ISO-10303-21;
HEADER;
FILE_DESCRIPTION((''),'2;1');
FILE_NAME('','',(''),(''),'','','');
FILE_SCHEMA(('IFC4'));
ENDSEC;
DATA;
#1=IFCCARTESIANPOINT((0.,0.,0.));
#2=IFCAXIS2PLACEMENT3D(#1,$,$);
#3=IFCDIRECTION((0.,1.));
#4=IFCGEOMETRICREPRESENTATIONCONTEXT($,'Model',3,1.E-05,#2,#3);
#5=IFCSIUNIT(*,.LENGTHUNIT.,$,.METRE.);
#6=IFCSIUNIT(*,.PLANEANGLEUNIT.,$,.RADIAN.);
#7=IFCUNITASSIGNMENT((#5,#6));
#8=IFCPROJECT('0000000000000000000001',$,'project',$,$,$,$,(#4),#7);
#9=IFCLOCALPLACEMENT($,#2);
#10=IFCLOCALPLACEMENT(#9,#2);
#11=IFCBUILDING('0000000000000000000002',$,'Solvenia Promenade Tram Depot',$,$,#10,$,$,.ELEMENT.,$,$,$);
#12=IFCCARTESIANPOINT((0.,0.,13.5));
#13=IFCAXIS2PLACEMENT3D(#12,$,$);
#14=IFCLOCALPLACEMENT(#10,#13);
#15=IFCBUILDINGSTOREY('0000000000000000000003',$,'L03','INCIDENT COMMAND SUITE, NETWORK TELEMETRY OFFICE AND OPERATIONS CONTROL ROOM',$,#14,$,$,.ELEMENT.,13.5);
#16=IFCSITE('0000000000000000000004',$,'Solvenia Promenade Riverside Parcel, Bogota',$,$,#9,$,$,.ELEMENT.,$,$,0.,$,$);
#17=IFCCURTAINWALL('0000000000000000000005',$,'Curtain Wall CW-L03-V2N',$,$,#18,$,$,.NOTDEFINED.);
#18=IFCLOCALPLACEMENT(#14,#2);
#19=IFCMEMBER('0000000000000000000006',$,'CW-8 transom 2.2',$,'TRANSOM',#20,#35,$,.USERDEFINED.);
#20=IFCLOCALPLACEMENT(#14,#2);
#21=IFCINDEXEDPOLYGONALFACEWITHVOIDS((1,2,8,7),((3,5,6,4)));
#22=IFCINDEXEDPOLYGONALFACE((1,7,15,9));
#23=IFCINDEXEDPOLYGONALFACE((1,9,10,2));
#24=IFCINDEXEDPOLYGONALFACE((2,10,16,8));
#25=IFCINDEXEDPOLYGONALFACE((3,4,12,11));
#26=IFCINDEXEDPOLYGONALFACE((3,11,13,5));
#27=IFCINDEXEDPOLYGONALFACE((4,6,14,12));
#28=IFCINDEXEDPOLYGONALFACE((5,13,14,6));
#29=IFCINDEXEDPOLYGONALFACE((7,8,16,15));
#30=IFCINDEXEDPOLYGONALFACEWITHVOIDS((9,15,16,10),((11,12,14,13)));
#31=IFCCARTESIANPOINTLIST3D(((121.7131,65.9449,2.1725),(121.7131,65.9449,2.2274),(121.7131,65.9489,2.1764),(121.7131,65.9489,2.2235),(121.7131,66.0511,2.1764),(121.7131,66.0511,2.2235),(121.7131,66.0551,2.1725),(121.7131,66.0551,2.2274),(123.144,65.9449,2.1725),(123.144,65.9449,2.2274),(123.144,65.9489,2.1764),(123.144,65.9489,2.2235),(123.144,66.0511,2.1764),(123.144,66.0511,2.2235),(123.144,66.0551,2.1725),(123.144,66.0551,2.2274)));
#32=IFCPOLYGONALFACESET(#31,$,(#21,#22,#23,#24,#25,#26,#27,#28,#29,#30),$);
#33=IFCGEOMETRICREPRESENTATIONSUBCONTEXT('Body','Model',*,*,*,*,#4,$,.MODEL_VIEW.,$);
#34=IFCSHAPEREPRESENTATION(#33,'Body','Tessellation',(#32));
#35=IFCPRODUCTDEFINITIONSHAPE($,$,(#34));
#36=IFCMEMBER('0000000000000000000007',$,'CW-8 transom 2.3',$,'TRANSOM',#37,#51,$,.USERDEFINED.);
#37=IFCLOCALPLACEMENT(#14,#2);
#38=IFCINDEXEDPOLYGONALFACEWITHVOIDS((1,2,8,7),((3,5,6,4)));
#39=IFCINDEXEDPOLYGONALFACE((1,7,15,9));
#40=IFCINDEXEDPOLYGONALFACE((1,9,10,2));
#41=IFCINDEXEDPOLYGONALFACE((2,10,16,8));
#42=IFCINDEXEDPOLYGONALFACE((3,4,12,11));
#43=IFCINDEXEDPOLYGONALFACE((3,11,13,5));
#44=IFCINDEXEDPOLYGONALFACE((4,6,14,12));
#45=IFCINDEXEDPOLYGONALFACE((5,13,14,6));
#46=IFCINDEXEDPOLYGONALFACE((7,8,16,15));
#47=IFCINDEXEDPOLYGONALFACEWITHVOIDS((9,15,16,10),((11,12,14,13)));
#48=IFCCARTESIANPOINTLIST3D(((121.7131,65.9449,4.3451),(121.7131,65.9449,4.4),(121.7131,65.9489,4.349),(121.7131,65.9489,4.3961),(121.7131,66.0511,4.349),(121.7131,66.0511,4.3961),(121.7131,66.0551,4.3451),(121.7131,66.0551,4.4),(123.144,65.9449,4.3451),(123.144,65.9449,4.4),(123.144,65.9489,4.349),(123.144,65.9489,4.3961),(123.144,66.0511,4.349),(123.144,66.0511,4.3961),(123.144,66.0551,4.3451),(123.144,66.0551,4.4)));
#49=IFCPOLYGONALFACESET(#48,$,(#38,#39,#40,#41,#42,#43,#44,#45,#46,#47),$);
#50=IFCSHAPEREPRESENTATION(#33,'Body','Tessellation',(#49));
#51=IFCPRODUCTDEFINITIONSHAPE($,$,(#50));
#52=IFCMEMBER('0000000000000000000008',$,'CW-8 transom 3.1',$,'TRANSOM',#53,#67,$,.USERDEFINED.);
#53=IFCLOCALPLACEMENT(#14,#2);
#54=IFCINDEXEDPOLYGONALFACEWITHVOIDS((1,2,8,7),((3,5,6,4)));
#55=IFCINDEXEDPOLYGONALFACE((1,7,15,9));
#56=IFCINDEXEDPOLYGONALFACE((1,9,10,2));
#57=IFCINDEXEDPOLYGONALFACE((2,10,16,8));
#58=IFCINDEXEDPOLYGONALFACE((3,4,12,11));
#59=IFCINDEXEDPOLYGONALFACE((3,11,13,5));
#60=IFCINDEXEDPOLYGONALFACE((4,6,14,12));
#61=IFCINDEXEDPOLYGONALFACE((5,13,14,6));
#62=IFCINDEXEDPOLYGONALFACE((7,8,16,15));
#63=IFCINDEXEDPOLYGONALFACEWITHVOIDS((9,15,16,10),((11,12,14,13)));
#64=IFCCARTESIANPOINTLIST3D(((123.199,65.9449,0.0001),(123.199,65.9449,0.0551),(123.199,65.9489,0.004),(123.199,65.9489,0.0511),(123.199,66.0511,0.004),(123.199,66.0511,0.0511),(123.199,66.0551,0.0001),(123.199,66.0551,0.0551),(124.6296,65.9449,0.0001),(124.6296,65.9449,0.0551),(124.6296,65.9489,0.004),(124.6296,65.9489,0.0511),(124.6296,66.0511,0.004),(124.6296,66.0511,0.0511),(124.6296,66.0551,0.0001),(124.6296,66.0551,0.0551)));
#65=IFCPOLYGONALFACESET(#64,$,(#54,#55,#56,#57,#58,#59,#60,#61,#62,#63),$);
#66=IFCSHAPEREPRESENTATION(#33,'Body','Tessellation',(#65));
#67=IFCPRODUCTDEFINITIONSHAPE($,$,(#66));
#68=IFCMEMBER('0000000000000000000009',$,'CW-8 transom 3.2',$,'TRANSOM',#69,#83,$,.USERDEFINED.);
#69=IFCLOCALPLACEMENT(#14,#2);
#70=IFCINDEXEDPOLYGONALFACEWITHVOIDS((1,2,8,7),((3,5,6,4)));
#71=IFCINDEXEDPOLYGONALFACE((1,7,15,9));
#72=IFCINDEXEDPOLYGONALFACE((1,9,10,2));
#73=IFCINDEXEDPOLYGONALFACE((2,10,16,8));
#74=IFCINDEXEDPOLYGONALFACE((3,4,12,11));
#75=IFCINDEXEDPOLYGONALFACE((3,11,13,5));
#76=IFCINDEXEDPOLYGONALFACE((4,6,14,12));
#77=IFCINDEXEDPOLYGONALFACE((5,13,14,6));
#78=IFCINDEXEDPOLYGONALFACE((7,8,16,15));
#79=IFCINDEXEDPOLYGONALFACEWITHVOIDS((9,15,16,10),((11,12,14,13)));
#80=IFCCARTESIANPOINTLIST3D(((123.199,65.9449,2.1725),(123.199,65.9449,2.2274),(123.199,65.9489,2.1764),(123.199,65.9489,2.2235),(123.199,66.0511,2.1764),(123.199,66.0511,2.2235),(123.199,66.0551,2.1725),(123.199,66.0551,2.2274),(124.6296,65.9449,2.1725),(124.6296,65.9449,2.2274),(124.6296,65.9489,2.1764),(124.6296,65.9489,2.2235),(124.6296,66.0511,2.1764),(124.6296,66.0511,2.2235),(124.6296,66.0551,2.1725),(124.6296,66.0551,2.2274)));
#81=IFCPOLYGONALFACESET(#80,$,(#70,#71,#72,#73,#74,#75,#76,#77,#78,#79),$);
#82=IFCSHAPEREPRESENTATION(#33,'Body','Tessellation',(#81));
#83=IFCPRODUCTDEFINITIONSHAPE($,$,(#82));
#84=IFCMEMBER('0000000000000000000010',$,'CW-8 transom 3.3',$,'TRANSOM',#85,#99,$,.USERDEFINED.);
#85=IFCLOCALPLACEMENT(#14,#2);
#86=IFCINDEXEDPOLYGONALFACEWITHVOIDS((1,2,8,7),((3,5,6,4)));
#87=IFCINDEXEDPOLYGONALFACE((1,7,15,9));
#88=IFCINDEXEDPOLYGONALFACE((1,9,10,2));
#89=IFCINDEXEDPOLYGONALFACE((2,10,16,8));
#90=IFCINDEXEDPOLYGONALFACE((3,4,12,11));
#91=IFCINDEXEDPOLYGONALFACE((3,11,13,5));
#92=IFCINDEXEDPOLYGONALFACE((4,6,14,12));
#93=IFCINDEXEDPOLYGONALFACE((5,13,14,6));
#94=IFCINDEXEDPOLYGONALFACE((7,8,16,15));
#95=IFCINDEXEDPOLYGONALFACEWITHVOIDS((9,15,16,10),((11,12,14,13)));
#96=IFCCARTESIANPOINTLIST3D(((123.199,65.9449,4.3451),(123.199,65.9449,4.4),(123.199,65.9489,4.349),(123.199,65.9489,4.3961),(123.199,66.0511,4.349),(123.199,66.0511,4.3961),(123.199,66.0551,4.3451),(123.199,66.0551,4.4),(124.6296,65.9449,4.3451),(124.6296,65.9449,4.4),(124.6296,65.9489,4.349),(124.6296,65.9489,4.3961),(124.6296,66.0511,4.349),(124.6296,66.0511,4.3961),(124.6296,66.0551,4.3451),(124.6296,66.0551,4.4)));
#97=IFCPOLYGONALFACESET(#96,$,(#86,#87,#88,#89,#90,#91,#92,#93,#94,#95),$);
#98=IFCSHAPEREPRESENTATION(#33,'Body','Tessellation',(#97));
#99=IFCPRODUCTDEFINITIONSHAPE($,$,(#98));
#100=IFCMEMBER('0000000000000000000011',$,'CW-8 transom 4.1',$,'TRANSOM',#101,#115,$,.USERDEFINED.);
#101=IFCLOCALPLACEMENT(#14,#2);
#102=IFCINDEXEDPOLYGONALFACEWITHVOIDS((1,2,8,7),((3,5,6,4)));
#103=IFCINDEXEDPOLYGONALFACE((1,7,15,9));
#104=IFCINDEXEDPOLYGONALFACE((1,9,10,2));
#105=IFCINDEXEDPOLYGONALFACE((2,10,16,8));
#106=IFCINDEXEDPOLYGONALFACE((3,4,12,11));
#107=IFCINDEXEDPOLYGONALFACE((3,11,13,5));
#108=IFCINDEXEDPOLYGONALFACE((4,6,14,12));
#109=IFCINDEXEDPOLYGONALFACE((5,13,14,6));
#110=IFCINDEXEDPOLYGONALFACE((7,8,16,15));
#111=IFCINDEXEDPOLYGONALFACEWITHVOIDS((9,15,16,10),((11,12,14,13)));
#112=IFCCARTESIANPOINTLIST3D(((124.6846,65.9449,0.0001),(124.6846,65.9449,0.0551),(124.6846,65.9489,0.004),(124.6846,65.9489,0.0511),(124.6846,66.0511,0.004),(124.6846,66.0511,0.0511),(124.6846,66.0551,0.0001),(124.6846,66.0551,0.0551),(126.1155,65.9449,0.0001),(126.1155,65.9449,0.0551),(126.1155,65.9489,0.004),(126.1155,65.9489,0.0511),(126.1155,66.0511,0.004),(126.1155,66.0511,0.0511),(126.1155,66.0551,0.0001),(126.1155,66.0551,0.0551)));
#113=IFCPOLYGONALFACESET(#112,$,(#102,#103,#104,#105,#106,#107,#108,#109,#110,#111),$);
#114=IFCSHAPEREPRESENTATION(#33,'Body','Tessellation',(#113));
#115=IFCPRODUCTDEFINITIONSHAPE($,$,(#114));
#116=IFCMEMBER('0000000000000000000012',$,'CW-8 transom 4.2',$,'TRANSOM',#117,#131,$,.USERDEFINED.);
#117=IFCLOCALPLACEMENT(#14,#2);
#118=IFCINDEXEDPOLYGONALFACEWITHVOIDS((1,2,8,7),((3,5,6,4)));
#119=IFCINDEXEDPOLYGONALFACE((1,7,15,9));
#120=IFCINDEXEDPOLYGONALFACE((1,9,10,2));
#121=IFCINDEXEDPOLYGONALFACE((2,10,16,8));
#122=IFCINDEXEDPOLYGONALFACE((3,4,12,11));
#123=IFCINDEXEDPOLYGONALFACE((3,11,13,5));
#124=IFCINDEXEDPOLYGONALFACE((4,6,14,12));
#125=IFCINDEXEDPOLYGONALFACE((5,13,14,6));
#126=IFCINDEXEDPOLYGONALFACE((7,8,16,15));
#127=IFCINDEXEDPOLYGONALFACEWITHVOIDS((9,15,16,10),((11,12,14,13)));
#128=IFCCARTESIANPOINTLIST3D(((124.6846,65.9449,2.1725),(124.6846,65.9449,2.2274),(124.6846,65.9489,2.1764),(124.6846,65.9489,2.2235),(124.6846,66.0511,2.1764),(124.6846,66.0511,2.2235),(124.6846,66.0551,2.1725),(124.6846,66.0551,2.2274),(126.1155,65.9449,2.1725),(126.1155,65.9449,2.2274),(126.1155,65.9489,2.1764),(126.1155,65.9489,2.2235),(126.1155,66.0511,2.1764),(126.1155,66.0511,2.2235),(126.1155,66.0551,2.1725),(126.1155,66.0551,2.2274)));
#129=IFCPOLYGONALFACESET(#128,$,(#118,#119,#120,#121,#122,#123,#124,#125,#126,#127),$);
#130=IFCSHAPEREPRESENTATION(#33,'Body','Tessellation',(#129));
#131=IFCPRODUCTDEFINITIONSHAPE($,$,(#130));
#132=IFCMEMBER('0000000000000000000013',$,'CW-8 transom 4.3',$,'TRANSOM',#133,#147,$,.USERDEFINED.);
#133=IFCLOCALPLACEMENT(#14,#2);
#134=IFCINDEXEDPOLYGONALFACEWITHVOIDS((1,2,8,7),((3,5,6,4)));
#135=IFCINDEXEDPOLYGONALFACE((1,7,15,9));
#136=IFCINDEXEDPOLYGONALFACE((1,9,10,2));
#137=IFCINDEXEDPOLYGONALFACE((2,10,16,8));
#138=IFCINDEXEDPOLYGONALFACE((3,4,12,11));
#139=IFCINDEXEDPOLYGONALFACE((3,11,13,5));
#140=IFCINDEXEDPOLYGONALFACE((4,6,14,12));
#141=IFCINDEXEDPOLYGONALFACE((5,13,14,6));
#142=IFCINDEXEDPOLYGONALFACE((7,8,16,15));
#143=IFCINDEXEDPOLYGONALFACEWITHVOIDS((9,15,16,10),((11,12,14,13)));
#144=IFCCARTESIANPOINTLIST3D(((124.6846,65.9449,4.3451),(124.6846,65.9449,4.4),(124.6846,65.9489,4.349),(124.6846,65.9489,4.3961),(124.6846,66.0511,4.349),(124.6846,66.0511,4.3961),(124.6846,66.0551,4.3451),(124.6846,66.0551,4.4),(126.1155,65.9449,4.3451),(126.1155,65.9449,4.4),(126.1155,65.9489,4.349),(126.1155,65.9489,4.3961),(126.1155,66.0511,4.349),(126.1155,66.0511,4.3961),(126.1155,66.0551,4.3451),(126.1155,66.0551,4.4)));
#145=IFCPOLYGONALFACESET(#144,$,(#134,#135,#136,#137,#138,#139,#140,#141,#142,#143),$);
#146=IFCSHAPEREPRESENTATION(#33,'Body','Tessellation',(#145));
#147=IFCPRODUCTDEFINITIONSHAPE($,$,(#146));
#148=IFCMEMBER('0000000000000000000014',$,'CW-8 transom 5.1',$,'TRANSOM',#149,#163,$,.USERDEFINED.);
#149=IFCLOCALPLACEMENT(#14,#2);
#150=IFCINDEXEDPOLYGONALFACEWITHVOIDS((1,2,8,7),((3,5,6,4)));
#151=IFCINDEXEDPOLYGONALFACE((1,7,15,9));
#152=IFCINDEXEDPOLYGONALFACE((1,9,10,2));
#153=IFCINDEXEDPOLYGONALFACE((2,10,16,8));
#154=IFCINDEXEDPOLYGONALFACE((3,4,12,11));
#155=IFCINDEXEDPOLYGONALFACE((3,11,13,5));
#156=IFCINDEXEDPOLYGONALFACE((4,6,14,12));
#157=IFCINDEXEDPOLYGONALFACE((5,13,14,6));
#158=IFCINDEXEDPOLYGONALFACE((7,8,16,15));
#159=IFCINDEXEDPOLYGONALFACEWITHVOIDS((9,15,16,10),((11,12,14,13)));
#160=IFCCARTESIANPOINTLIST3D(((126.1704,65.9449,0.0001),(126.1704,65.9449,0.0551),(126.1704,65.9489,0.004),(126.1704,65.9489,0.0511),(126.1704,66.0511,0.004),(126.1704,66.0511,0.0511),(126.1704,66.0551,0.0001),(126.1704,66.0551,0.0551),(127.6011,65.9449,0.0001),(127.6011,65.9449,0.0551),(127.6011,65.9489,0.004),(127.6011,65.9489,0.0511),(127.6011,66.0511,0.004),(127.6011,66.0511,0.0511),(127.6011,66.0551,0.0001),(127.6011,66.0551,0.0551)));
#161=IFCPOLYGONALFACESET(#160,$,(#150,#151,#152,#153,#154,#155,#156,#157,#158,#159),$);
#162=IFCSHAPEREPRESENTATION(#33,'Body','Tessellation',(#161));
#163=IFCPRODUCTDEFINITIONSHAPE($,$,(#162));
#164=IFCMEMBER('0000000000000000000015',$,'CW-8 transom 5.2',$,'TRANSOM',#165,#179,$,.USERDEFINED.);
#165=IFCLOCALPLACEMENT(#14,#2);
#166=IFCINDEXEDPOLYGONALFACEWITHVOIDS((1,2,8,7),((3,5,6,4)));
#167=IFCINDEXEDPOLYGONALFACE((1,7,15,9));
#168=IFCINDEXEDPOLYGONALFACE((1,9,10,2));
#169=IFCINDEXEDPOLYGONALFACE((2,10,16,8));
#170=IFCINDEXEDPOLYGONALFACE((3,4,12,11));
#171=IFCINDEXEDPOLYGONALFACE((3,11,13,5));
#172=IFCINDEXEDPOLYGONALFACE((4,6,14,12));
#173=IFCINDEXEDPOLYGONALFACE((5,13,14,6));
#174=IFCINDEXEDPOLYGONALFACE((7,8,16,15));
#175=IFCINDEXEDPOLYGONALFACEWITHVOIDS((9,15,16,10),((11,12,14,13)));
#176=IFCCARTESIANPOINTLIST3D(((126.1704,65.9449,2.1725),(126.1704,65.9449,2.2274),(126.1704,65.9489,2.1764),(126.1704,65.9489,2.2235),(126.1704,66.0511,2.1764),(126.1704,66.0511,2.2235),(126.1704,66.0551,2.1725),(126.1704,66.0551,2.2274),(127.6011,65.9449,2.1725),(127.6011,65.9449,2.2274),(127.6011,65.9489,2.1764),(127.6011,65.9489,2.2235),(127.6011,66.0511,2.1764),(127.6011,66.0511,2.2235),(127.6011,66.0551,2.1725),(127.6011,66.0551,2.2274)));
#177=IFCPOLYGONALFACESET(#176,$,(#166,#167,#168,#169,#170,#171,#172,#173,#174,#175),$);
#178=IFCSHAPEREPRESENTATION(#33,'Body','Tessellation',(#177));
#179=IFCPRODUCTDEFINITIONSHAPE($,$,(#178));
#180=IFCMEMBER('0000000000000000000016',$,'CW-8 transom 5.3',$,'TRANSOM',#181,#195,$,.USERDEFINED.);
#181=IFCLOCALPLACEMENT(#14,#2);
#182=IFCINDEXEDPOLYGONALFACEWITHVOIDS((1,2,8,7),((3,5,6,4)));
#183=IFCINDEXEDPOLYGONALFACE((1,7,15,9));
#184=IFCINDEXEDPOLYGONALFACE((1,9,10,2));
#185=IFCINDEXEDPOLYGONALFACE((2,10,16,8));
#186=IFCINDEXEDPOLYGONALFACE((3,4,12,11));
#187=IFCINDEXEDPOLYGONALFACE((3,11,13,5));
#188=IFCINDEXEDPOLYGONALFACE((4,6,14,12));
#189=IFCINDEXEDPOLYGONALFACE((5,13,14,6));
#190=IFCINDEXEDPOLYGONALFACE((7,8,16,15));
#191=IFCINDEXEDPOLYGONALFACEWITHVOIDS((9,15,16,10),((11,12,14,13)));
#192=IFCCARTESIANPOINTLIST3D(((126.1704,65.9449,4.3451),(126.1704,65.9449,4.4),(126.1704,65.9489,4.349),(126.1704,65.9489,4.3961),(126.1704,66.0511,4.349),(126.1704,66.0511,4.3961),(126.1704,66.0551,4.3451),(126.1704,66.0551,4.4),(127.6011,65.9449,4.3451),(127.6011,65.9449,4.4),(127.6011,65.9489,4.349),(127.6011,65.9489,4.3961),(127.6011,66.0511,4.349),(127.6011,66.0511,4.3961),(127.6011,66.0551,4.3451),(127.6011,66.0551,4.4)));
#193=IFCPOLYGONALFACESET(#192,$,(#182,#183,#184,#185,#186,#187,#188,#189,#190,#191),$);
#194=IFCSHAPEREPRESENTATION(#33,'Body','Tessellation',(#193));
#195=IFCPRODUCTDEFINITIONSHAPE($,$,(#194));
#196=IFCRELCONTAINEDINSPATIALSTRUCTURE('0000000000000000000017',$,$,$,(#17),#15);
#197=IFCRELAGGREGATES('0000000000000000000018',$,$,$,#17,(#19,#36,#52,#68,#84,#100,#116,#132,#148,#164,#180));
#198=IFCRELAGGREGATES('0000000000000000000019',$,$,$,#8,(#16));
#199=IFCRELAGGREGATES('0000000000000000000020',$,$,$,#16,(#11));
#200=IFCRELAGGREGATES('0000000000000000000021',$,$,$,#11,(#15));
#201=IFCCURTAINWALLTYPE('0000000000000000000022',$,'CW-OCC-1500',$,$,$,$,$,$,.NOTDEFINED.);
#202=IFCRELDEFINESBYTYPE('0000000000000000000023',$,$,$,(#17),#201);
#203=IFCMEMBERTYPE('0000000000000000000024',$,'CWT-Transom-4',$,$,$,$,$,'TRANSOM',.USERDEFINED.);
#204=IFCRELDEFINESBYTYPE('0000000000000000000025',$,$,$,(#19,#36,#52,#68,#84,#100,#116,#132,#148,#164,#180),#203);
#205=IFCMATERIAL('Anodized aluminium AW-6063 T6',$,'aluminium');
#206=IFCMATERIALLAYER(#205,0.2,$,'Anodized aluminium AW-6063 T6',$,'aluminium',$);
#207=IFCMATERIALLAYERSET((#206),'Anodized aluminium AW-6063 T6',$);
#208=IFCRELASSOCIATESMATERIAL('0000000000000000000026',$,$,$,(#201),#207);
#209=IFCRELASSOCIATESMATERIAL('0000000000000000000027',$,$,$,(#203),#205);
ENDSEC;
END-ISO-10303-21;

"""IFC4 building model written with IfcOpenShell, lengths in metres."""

from ifc_helpers import new_model, si_unit, direction, frame, origin, origin_2d, place, context, subcontext, project, spatial, hollow_rectangle, extrude, material, layer, layer_set, material_profile, profile_set, type_object, element, aggregate, save


model = new_model("IFC4")

# Units and contexts
model_context = context("Model", 3, precision=1e-05, world=origin(), true_north=direction((0.0, 1.0)))
body_context = subcontext(model_context, "Body", "Model", "MODEL_VIEW")
ifc_project = project(units=[si_unit("LENGTHUNIT", "METRE"), si_unit("PLANEANGLEUNIT", "RADIAN")], contexts=[model_context])

# Site, building, storey
site_placement = place(None, origin())
site = spatial("IfcSite", under=ifc_project, at=site_placement, Name="Solvenia Promenade Riverside Parcel, Bogota", CompositionType="ELEMENT", RefElevation=0.0)
building_placement = place(site_placement, origin())
building = spatial("IfcBuilding", under=site, at=building_placement, Name="Solvenia Promenade Tram Depot", CompositionType="ELEMENT")
storey_placement = place(building_placement, frame((0.0, 0.0, 13.5)))
storey = spatial("IfcBuildingStorey", under=building, at=storey_placement, Name="L03", Description="INCIDENT COMMAND SUITE, NETWORK TELEMETRY OFFICE AND OPERATIONS CONTROL ROOM", CompositionType="ELEMENT", Elevation=13.5)

# Curtain wall, members
ifc_material_1 = material(Name="Anodized aluminium AW-6063 T6", Category="aluminium")
ifc_layer_1 = layer(ifc_material_1, 0.2, Name="Anodized aluminium AW-6063 T6", Category="aluminium")
ifc_layer_set_1 = layer_set([ifc_layer_1], Name="Anodized aluminium AW-6063 T6")
curtain_wall_type = type_object("IfcCurtainWallType", Name="CW-OCC-1500", PredefinedType="NOTDEFINED", material=ifc_layer_set_1)
curtain_wall_placement = place(storey_placement, origin())
curtain_wall = element("IfcCurtainWall", 1, at=curtain_wall_placement, inside=storey, type_object=curtain_wall_type, Name="Curtain Wall CW-L03-V2N", PredefinedType="NOTDEFINED")
ifc_material_profile_1 = material_profile(ifc_material_1, hollow_rectangle(XDim=0.1101, YDim=0.0549, WallThickness=0.0039, at=origin_2d()), Name="ALU-T4", Category="aluminium")
ifc_profile_set_1 = profile_set([ifc_material_profile_1], Name="Anodized aluminium AW-6063 T6")
member_type_1 = type_object("IfcMemberType", Name="CWT-Transom-4", ElementType="TRANSOM", PredefinedType="USERDEFINED", material=ifc_profile_set_1)
member_1_placement = place(storey_placement, frame((121.7131, 66.0, 2.2), z_axis=(1.0, 0.0, 0.0), x_axis=(0.0, 1.0, 0.0)))
member_1 = element("IfcMember", 2, at=member_1_placement, type_object=member_type_1, Name="CW-8 transom 2.2", ObjectType="TRANSOM", PredefinedType="USERDEFINED", context=body_context, shape_type="SweptSolid", body=[
    extrude(hollow_rectangle(XDim=0.1101, YDim=0.0549, WallThickness=0.0039, at=origin_2d()), origin(), (0.0, 0.0, 1.0), 1.4309),
])
member_2_placement = place(storey_placement, frame((121.7131, 66.0, 4.3726), z_axis=(1.0, 0.0, 0.0), x_axis=(0.0, 1.0, 0.0)))
member_2 = element("IfcMember", 3, at=member_2_placement, type_object=member_type_1, Name="CW-8 transom 2.3", ObjectType="TRANSOM", PredefinedType="USERDEFINED", context=body_context, shape_type="SweptSolid", body=[
    extrude(hollow_rectangle(XDim=0.1101, YDim=0.0549, WallThickness=0.0039, at=origin_2d()), origin(), (0.0, 0.0, 1.0), 1.4309),
])
member_3_placement = place(storey_placement, frame((123.199, 66.0, 0.0276), z_axis=(1.0, 0.0, 0.0), x_axis=(0.0, 1.0, 0.0)))
member_3 = element("IfcMember", 4, at=member_3_placement, type_object=member_type_1, Name="CW-8 transom 3.1", ObjectType="TRANSOM", PredefinedType="USERDEFINED", context=body_context, shape_type="SweptSolid", body=[
    extrude(hollow_rectangle(XDim=0.1101, YDim=0.0549, WallThickness=0.0039, at=origin_2d()), origin(), (0.0, 0.0, 1.0), 1.4307),
])
member_4_placement = place(storey_placement, frame((123.199, 66.0, 2.2), z_axis=(1.0, 0.0, 0.0), x_axis=(0.0, 1.0, 0.0)))
member_4 = element("IfcMember", 5, at=member_4_placement, type_object=member_type_1, Name="CW-8 transom 3.2", ObjectType="TRANSOM", PredefinedType="USERDEFINED", context=body_context, shape_type="SweptSolid", body=[
    extrude(hollow_rectangle(XDim=0.1101, YDim=0.0549, WallThickness=0.0039, at=origin_2d()), origin(), (0.0, 0.0, 1.0), 1.4307),
])
member_5_placement = place(storey_placement, frame((123.199, 66.0, 4.3726), z_axis=(1.0, 0.0, 0.0), x_axis=(0.0, 1.0, 0.0)))
member_5 = element("IfcMember", 6, at=member_5_placement, type_object=member_type_1, Name="CW-8 transom 3.3", ObjectType="TRANSOM", PredefinedType="USERDEFINED", context=body_context, shape_type="SweptSolid", body=[
    extrude(hollow_rectangle(XDim=0.1101, YDim=0.0549, WallThickness=0.0039, at=origin_2d()), origin(), (0.0, 0.0, 1.0), 1.4307),
])
member_6_placement = place(storey_placement, frame((124.6846, 66.0, 0.0276), z_axis=(1.0, 0.0, 0.0), x_axis=(0.0, 1.0, 0.0)))
member_6 = element("IfcMember", 7, at=member_6_placement, type_object=member_type_1, Name="CW-8 transom 4.1", ObjectType="TRANSOM", PredefinedType="USERDEFINED", context=body_context, shape_type="SweptSolid", body=[
    extrude(hollow_rectangle(XDim=0.1101, YDim=0.0549, WallThickness=0.0039, at=origin_2d()), origin(), (0.0, 0.0, 1.0), 1.4309),
])
member_7_placement = place(storey_placement, frame((124.6846, 66.0, 2.2), z_axis=(1.0, 0.0, 0.0), x_axis=(0.0, 1.0, 0.0)))
member_7 = element("IfcMember", 8, at=member_7_placement, type_object=member_type_1, Name="CW-8 transom 4.2", ObjectType="TRANSOM", PredefinedType="USERDEFINED", context=body_context, shape_type="SweptSolid", body=[
    extrude(hollow_rectangle(XDim=0.1101, YDim=0.0549, WallThickness=0.0039, at=origin_2d()), origin(), (0.0, 0.0, 1.0), 1.4309),
])
member_8_placement = place(storey_placement, frame((124.6846, 66.0, 4.3726), z_axis=(1.0, 0.0, 0.0), x_axis=(0.0, 1.0, 0.0)))
member_8 = element("IfcMember", 9, at=member_8_placement, type_object=member_type_1, Name="CW-8 transom 4.3", ObjectType="TRANSOM", PredefinedType="USERDEFINED", context=body_context, shape_type="SweptSolid", body=[
    extrude(hollow_rectangle(XDim=0.1101, YDim=0.0549, WallThickness=0.0039, at=origin_2d()), origin(), (0.0, 0.0, 1.0), 1.4309),
])
member_9_placement = place(storey_placement, frame((126.1704, 66.0, 0.0276), z_axis=(1.0, 0.0, 0.0), x_axis=(0.0, 1.0, 0.0)))
member_9 = element("IfcMember", 10, at=member_9_placement, type_object=member_type_1, Name="CW-8 transom 5.1", ObjectType="TRANSOM", PredefinedType="USERDEFINED", context=body_context, shape_type="SweptSolid", body=[
    extrude(hollow_rectangle(XDim=0.1101, YDim=0.0549, WallThickness=0.0039, at=origin_2d()), origin(), (0.0, 0.0, 1.0), 1.4307),
])
member_10_placement = place(storey_placement, frame((126.1704, 66.0, 2.2), z_axis=(1.0, 0.0, 0.0), x_axis=(0.0, 1.0, 0.0)))
member_10 = element("IfcMember", 11, at=member_10_placement, type_object=member_type_1, Name="CW-8 transom 5.2", ObjectType="TRANSOM", PredefinedType="USERDEFINED", context=body_context, shape_type="SweptSolid", body=[
    extrude(hollow_rectangle(XDim=0.1101, YDim=0.0549, WallThickness=0.0039, at=origin_2d()), origin(), (0.0, 0.0, 1.0), 1.4307),
])
member_11_placement = place(storey_placement, frame((126.1704, 66.0, 4.3726), z_axis=(1.0, 0.0, 0.0), x_axis=(0.0, 1.0, 0.0)))
member_11 = element("IfcMember", 12, at=member_11_placement, type_object=member_type_1, Name="CW-8 transom 5.3", ObjectType="TRANSOM", PredefinedType="USERDEFINED", context=body_context, shape_type="SweptSolid", body=[
    extrude(hollow_rectangle(XDim=0.1101, YDim=0.0549, WallThickness=0.0039, at=origin_2d()), origin(), (0.0, 0.0, 1.0), 1.4307),
])

aggregate(curtain_wall, [member_1, member_2, member_3, member_4, member_5, member_6, member_7, member_8, member_9, member_10, member_11])

save(model, "model.ifc")
